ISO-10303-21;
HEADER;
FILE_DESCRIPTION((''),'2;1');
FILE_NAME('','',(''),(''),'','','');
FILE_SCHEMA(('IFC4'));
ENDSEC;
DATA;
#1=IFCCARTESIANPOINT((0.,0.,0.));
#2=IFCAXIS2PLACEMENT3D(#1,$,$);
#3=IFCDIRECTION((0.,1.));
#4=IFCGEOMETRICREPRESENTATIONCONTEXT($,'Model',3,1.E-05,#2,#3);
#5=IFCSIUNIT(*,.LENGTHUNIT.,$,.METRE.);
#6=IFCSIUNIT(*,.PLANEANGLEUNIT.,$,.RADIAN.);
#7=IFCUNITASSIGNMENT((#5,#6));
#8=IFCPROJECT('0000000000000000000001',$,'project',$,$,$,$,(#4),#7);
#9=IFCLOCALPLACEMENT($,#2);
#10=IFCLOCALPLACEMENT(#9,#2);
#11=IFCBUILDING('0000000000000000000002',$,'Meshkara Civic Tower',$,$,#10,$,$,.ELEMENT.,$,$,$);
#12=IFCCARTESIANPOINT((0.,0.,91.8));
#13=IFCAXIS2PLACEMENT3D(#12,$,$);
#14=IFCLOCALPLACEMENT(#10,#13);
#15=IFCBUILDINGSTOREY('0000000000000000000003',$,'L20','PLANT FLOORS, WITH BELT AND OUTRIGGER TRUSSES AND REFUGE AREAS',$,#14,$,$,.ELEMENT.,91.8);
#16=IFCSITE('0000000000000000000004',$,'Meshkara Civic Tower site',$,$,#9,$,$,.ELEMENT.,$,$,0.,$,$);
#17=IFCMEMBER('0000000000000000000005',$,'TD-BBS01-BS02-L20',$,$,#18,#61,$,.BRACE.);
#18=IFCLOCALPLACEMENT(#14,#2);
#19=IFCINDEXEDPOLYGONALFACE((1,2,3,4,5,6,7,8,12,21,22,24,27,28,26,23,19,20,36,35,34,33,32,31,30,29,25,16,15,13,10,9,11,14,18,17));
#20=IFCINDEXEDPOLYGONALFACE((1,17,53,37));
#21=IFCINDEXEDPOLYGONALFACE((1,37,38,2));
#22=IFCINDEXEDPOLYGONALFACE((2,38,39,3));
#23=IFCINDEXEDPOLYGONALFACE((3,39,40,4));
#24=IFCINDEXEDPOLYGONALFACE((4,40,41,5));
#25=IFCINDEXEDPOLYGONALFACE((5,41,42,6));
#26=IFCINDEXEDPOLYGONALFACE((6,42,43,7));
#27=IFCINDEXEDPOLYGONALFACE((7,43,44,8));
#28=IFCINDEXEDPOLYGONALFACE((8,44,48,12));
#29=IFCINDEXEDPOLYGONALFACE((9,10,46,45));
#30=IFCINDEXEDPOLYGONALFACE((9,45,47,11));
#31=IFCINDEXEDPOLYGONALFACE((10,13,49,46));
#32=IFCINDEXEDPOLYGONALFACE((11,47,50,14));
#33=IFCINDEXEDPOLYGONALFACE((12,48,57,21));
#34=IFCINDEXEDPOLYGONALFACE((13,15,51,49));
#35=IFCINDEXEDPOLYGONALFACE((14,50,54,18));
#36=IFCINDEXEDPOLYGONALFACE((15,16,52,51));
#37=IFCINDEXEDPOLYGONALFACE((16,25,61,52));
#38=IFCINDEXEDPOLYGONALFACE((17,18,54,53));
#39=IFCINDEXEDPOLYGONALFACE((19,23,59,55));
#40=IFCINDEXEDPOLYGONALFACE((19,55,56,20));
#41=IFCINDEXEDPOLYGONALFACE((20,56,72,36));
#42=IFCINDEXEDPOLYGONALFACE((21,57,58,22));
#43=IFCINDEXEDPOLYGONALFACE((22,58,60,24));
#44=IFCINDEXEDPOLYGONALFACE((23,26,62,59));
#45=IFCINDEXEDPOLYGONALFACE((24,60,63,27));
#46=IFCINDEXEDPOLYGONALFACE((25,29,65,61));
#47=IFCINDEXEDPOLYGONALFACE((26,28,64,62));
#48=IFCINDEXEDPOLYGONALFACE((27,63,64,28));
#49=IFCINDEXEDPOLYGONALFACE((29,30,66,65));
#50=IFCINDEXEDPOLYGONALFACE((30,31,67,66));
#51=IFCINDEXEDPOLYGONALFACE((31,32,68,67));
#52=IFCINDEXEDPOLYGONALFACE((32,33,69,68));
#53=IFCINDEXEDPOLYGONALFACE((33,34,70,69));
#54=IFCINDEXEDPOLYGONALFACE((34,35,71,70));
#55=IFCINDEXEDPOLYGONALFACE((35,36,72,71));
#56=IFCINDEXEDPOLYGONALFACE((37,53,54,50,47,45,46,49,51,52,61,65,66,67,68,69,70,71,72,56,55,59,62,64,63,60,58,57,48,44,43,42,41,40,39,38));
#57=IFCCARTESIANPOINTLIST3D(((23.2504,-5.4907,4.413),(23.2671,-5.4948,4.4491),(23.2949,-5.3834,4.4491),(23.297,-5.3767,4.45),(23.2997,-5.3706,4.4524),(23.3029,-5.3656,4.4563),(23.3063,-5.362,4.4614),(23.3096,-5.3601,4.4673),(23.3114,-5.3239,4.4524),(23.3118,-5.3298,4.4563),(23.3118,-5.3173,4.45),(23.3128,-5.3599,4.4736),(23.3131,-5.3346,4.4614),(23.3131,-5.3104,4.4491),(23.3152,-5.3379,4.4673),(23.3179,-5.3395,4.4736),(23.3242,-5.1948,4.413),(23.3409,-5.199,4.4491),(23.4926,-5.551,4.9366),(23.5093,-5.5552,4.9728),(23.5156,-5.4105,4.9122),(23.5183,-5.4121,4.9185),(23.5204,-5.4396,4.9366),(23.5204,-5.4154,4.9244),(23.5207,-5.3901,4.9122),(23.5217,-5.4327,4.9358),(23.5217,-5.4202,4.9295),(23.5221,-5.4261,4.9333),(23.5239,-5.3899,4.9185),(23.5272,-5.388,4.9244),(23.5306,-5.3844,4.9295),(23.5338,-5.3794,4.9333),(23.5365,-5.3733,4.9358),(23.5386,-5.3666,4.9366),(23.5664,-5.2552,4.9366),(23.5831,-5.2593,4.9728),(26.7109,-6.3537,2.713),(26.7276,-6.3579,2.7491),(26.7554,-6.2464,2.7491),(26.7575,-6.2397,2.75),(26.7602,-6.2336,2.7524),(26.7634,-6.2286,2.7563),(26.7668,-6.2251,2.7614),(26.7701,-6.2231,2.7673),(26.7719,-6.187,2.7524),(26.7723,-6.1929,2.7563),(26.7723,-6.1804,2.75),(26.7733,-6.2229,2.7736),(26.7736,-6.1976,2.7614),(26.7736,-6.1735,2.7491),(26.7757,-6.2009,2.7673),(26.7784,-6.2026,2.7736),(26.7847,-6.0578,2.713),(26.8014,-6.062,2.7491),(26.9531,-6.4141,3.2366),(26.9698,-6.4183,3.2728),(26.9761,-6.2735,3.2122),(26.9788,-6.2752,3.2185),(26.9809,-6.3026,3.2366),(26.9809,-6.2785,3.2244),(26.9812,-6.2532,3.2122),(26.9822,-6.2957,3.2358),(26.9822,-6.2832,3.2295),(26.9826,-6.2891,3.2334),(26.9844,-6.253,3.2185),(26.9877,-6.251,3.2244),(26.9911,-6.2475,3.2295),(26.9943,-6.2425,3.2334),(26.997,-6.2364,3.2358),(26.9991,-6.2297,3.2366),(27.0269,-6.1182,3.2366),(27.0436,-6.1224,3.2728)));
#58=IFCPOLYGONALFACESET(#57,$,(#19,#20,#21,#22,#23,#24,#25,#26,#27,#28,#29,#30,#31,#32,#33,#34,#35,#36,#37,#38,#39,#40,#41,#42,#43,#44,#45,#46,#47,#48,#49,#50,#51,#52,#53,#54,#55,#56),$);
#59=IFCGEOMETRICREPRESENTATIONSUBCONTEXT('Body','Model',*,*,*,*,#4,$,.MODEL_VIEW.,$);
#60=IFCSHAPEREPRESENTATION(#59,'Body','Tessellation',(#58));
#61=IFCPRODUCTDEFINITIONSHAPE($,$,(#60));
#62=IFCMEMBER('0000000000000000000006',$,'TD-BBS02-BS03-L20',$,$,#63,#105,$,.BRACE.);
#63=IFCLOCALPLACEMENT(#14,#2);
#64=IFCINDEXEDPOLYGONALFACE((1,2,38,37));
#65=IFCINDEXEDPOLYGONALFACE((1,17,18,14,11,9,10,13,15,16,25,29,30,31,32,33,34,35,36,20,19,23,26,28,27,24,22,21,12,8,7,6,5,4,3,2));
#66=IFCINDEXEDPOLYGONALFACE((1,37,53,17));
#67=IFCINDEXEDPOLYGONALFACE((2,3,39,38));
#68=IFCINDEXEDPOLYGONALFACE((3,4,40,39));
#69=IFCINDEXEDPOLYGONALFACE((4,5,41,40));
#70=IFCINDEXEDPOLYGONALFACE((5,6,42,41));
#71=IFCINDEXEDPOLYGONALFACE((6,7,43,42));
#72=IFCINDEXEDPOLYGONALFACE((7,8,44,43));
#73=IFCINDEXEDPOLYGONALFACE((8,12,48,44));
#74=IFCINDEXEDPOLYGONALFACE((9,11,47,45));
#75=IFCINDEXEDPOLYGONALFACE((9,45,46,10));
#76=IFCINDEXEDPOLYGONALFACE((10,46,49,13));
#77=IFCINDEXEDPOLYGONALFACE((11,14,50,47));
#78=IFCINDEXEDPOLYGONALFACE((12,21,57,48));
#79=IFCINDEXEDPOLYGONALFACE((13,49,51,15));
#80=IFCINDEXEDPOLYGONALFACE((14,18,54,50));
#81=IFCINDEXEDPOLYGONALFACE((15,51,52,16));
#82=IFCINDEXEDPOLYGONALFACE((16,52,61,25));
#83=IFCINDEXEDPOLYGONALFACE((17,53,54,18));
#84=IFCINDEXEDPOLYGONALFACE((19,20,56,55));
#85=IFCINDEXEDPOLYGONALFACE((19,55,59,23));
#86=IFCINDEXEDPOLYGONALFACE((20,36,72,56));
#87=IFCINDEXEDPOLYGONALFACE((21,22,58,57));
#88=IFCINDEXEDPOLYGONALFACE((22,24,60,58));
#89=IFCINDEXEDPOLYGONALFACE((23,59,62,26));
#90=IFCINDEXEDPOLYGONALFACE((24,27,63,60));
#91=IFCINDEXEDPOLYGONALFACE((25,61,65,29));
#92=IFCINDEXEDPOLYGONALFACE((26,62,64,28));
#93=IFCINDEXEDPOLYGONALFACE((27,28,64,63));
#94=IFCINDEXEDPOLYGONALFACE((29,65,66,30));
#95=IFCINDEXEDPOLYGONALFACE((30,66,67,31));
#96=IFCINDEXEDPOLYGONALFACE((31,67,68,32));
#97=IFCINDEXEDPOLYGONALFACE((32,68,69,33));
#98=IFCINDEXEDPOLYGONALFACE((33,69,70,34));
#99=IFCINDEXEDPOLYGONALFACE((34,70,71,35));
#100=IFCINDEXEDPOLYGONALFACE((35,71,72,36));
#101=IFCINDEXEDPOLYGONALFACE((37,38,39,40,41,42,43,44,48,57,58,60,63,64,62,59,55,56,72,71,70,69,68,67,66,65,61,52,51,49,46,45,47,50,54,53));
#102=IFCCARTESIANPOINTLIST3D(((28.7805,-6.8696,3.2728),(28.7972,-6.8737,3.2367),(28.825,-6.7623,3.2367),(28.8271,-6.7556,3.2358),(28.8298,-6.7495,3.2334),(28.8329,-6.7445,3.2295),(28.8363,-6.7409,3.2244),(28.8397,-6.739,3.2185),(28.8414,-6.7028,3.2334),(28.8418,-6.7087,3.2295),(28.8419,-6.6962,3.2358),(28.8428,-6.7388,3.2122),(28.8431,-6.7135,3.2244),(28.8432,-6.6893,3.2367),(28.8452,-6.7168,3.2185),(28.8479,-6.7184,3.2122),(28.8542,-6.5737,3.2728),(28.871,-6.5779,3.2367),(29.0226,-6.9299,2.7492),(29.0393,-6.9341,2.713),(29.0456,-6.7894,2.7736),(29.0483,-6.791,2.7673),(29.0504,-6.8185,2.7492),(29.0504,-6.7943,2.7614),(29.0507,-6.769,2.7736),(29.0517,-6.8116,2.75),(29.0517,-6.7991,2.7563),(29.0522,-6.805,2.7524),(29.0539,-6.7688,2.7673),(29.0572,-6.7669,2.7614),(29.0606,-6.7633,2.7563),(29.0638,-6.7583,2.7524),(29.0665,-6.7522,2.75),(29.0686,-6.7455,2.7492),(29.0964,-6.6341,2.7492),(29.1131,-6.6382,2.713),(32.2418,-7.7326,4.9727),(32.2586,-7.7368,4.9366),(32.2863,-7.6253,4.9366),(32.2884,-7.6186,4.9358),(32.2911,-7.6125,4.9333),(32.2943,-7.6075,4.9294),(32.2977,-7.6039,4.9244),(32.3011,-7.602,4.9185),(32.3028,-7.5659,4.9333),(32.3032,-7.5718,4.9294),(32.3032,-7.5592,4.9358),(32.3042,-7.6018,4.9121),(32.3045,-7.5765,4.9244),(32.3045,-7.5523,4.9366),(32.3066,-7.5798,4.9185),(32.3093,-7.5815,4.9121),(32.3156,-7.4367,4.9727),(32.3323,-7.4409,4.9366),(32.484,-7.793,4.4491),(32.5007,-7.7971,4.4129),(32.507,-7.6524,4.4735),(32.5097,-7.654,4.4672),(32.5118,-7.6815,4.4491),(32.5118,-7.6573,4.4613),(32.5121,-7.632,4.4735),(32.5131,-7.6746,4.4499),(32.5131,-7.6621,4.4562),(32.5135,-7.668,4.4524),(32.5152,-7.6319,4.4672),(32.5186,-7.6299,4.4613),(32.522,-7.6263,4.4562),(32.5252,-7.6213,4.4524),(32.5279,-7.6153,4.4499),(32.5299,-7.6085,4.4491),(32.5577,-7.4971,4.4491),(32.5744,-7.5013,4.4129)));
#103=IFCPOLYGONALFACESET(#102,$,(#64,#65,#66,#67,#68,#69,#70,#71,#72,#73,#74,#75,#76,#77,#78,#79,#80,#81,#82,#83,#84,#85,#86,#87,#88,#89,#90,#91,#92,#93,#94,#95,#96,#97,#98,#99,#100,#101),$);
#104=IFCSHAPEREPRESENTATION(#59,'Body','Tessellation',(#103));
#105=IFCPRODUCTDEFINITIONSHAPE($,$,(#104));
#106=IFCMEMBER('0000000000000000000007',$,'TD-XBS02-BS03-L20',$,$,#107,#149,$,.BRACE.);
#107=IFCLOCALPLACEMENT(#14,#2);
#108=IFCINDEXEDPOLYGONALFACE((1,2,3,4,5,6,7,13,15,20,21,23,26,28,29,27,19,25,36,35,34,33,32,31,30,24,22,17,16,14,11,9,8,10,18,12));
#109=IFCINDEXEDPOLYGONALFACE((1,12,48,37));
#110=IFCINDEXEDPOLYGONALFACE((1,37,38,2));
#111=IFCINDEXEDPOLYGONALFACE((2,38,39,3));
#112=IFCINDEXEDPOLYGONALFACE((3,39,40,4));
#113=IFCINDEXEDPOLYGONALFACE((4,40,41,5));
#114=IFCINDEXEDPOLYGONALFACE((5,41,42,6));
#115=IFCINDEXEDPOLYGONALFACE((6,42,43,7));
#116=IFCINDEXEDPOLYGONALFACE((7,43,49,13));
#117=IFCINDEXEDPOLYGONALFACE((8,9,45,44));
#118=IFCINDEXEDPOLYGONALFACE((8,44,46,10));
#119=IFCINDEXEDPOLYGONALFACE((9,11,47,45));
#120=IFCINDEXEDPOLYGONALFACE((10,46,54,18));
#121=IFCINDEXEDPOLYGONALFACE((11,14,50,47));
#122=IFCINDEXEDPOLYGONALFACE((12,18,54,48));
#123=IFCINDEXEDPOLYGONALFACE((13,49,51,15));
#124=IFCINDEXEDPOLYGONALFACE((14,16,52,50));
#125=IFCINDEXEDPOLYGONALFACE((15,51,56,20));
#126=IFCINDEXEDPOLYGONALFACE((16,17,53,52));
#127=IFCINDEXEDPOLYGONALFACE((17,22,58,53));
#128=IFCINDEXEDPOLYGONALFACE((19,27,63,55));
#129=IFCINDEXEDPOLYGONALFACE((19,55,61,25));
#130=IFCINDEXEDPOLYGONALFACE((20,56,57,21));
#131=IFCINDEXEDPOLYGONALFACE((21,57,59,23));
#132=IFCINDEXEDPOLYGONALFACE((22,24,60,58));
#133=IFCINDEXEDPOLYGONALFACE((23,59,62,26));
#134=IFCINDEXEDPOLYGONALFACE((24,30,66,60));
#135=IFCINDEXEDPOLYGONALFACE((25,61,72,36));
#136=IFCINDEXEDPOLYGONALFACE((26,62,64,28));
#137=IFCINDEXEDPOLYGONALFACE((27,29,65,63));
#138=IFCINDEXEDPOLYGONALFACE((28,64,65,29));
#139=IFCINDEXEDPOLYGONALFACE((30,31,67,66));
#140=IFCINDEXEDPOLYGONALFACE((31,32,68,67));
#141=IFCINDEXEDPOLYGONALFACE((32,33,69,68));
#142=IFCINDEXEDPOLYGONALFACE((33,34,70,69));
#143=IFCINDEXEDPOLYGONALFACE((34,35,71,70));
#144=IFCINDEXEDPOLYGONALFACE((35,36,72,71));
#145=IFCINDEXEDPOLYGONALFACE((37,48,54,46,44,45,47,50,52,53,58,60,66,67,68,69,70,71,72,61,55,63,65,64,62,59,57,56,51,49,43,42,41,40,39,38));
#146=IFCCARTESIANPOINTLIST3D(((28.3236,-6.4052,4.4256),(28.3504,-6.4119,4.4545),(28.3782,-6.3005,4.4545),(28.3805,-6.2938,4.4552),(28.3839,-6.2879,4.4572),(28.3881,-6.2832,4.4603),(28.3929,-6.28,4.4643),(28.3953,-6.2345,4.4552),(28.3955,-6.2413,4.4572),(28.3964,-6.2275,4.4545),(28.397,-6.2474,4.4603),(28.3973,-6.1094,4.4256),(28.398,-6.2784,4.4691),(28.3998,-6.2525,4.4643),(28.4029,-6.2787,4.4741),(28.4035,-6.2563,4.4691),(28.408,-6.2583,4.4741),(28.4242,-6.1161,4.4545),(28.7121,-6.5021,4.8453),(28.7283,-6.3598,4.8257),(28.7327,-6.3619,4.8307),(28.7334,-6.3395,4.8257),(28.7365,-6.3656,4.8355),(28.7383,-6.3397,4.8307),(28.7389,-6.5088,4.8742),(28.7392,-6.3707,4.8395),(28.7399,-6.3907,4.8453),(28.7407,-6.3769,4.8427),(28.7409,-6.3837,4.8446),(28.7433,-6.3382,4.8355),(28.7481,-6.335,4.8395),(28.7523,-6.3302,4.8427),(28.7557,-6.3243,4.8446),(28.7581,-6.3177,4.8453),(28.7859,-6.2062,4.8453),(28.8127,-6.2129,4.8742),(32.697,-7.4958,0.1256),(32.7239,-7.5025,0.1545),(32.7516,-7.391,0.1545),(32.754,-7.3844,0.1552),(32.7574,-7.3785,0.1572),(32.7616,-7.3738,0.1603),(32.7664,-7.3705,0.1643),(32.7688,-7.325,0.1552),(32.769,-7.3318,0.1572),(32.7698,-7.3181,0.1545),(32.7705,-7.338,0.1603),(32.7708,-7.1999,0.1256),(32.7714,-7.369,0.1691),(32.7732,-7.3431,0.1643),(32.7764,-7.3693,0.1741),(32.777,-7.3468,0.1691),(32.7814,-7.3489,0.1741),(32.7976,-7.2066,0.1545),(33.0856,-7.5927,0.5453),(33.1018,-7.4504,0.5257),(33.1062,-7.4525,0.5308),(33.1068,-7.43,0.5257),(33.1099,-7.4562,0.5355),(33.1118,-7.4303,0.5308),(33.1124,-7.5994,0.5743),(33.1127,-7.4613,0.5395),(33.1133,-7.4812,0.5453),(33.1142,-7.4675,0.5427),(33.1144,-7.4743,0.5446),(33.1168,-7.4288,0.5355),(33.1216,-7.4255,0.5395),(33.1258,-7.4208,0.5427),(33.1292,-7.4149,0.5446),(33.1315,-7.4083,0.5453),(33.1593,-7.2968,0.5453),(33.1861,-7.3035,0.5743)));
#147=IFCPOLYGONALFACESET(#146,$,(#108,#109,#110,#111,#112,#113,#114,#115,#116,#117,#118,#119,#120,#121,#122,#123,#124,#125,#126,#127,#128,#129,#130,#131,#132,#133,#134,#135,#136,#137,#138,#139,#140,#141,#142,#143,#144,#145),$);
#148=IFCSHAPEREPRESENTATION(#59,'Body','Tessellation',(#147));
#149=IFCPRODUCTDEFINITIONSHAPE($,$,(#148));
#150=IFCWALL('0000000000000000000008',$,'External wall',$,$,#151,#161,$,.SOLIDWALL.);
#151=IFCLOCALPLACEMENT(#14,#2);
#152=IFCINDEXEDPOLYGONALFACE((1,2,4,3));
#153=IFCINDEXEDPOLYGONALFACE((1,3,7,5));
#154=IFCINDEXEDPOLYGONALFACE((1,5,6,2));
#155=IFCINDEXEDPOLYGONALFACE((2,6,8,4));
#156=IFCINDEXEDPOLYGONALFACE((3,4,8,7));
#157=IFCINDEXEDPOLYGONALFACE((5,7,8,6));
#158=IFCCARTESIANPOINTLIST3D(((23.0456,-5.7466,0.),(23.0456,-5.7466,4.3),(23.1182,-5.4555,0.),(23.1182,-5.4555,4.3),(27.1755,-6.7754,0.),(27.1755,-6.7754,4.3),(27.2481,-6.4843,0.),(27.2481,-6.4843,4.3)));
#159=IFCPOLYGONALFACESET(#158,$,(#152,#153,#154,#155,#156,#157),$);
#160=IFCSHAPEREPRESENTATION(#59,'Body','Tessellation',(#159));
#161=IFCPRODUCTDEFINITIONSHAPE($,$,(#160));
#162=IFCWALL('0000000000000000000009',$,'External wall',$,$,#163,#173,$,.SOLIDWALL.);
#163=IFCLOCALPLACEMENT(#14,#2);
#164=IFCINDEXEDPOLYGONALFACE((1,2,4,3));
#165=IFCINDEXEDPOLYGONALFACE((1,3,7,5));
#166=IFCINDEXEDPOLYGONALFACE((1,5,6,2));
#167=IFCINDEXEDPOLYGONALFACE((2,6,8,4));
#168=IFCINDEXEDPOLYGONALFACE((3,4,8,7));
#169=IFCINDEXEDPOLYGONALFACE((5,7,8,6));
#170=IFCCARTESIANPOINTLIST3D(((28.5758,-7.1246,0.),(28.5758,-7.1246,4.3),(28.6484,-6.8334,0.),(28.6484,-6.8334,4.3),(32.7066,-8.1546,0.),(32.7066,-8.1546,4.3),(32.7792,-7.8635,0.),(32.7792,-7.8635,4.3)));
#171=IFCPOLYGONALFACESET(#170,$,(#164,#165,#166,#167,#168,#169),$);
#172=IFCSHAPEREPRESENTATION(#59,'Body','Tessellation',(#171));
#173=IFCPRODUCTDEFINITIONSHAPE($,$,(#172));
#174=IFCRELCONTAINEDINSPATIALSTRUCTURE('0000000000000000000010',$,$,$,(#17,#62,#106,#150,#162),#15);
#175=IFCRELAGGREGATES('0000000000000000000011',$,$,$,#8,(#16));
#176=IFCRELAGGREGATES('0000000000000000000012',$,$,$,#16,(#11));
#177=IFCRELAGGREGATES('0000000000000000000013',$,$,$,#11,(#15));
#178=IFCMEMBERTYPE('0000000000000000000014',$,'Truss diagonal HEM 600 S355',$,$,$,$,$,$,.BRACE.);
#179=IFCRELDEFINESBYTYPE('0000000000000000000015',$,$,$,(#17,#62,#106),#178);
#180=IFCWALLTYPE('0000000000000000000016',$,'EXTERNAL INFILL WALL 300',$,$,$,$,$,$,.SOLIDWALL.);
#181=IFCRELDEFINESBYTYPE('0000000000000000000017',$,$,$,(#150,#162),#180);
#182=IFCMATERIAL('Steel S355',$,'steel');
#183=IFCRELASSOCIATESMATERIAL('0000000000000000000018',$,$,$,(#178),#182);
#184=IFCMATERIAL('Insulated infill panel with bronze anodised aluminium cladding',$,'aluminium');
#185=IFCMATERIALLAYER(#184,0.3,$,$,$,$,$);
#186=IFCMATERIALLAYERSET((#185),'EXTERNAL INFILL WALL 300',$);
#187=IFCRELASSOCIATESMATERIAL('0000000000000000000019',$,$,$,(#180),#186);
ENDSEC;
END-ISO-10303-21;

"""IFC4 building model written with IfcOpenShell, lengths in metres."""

from ifc_helpers import new_model, si_unit, direction, frame, frame_2d, origin, origin_2d, place, context, subcontext, project, spatial, rectangle, i_section, extrude, material, layer, layer_set, material_profile, profile_set, type_object, element, save


model = new_model("IFC4")

# Units and contexts
model_context = context("Model", 3, precision=1e-05, world=origin(), true_north=direction((0.0, 1.0)))
body_context = subcontext(model_context, "Body", "Model", "MODEL_VIEW")
ifc_project = project(units=[si_unit("LENGTHUNIT", "METRE"), si_unit("PLANEANGLEUNIT", "RADIAN")], contexts=[model_context])

# Site, building, storey
site_placement = place(None, origin())
site = spatial("IfcSite", under=ifc_project, at=site_placement, Name="Meshkara Civic Tower site", CompositionType="ELEMENT", RefElevation=0.0)
building_placement = place(site_placement, origin())
building = spatial("IfcBuilding", under=site, at=building_placement, Name="Meshkara Civic Tower", CompositionType="ELEMENT")
storey_placement = place(building_placement, frame((0.0, 0.0, 91.8)))
storey = spatial("IfcBuildingStorey", under=building, at=storey_placement, Name="L20", Description="PLANT FLOORS, WITH BELT AND OUTRIGGER TRUSSES AND REFUGE AREAS", CompositionType="ELEMENT", Elevation=91.8)

# Members
ifc_material_1 = material(Name="Steel S355", Category="steel")
ifc_material_profile_1 = material_profile(ifc_material_1, i_section(OverallWidth=0.3049, OverallDepth=0.6201, WebThickness=0.021, FlangeThickness=0.04, FilletRadius=0.0271, at=origin_2d()))
ifc_profile_set_1 = profile_set([ifc_material_profile_1], Name="Steel S355")
member_type_1 = type_object("IfcMemberType", Name="Truss diagonal HEM 600 S355", PredefinedType="BRACE", material=ifc_profile_set_1)
member_1_placement = place(storey_placement, frame((23.4167, -5.375, 4.6929), z_axis=(0.87587, -0.218442, -0.430273), x_axis=(0.241988, 0.970279, 0.0)))
element("IfcMember", 1, at=member_1_placement, inside=storey, type_object=member_type_1, Name="TD-BBS01-BS02-L20", PredefinedType="BRACE", context=body_context, shape_type="SweptSolid", body=[
    extrude(i_section(OverallWidth=0.3049, OverallDepth=0.6201, WebThickness=0.021, FlangeThickness=0.04, FilletRadius=0.0271, at=origin_2d()), origin(), (0.0, 0.0, 1.0), 3.9509),
])
member_2_placement = place(storey_placement, frame((28.9468, -6.7539, 2.9929), z_axis=(0.875928, -0.218395, 0.430179), x_axis=(0.241924, 0.970295, 0.0)))
element("IfcMember", 2, at=member_2_placement, inside=storey, type_object=member_type_1, Name="TD-BBS02-BS03-L20", PredefinedType="BRACE", context=body_context, shape_type="SweptSolid", body=[
    extrude(i_section(OverallWidth=0.3049, OverallDepth=0.6201, WebThickness=0.021, FlangeThickness=0.04, FilletRadius=0.0271, at=origin_2d()), origin(), (0.0, 0.0, 1.0), 3.9517),
])
member_3_placement = place(storey_placement, frame((28.5681, -6.3091, 4.6499), z_axis=(0.70206, -0.175064, -0.690264), x_axis=(0.241949, 0.970289, 0.0)))
element("IfcMember", 3, at=member_3_placement, inside=storey, type_object=member_type_1, Name="TD-XBS02-BS03-L20", PredefinedType="BRACE", context=body_context, shape_type="SweptSolid", body=[
    extrude(i_section(OverallWidth=0.3049, OverallDepth=0.6201, WebThickness=0.021, FlangeThickness=0.04, FilletRadius=0.0271, at=origin_2d()), origin(), (0.0, 0.0, 1.0), 6.2295),
])

# Walls
ifc_material_2 = material(Name="Insulated infill panel with bronze anodised aluminium cladding", Category="aluminium")
ifc_layer_1 = layer(ifc_material_2, 0.3)
ifc_layer_set_1 = layer_set([ifc_layer_1], Name="EXTERNAL INFILL WALL 300")
wall_type_1 = type_object("IfcWallType", Name="EXTERNAL INFILL WALL 300", PredefinedType="SOLIDWALL", material=ifc_layer_set_1)
wall_1_placement = place(storey_placement, frame((23.082, -5.6011, 0.0), z_axis=(0.0, 0.0, 1.0), x_axis=(0.970345, -0.241726, 0.0)))
element("IfcWall", 4, at=wall_1_placement, inside=storey, type_object=wall_type_1, Name="External wall", PredefinedType="SOLIDWALL", context=body_context, shape_type="SweptSolid", body=[
    extrude(rectangle(XDim=4.2561, YDim=0.3, at=frame_2d((2.1279, 0.0))), origin(), (0.0, 0.0, 1.0), 4.3),
])
wall_2_placement = place(storey_placement, frame((28.6121, -6.979, 0.0), z_axis=(0.0, 0.0, 1.0), x_axis=(0.970291, -0.241942, 0.0)))
element("IfcWall", 5, at=wall_2_placement, inside=storey, type_object=wall_type_1, Name="External wall", PredefinedType="SOLIDWALL", context=body_context, shape_type="SweptSolid", body=[
    extrude(rectangle(XDim=4.2573, YDim=0.3, at=frame_2d((2.1287, 0.0))), origin(), (0.0, 0.0, 1.0), 4.3),
])

save(model, "model.ifc")
